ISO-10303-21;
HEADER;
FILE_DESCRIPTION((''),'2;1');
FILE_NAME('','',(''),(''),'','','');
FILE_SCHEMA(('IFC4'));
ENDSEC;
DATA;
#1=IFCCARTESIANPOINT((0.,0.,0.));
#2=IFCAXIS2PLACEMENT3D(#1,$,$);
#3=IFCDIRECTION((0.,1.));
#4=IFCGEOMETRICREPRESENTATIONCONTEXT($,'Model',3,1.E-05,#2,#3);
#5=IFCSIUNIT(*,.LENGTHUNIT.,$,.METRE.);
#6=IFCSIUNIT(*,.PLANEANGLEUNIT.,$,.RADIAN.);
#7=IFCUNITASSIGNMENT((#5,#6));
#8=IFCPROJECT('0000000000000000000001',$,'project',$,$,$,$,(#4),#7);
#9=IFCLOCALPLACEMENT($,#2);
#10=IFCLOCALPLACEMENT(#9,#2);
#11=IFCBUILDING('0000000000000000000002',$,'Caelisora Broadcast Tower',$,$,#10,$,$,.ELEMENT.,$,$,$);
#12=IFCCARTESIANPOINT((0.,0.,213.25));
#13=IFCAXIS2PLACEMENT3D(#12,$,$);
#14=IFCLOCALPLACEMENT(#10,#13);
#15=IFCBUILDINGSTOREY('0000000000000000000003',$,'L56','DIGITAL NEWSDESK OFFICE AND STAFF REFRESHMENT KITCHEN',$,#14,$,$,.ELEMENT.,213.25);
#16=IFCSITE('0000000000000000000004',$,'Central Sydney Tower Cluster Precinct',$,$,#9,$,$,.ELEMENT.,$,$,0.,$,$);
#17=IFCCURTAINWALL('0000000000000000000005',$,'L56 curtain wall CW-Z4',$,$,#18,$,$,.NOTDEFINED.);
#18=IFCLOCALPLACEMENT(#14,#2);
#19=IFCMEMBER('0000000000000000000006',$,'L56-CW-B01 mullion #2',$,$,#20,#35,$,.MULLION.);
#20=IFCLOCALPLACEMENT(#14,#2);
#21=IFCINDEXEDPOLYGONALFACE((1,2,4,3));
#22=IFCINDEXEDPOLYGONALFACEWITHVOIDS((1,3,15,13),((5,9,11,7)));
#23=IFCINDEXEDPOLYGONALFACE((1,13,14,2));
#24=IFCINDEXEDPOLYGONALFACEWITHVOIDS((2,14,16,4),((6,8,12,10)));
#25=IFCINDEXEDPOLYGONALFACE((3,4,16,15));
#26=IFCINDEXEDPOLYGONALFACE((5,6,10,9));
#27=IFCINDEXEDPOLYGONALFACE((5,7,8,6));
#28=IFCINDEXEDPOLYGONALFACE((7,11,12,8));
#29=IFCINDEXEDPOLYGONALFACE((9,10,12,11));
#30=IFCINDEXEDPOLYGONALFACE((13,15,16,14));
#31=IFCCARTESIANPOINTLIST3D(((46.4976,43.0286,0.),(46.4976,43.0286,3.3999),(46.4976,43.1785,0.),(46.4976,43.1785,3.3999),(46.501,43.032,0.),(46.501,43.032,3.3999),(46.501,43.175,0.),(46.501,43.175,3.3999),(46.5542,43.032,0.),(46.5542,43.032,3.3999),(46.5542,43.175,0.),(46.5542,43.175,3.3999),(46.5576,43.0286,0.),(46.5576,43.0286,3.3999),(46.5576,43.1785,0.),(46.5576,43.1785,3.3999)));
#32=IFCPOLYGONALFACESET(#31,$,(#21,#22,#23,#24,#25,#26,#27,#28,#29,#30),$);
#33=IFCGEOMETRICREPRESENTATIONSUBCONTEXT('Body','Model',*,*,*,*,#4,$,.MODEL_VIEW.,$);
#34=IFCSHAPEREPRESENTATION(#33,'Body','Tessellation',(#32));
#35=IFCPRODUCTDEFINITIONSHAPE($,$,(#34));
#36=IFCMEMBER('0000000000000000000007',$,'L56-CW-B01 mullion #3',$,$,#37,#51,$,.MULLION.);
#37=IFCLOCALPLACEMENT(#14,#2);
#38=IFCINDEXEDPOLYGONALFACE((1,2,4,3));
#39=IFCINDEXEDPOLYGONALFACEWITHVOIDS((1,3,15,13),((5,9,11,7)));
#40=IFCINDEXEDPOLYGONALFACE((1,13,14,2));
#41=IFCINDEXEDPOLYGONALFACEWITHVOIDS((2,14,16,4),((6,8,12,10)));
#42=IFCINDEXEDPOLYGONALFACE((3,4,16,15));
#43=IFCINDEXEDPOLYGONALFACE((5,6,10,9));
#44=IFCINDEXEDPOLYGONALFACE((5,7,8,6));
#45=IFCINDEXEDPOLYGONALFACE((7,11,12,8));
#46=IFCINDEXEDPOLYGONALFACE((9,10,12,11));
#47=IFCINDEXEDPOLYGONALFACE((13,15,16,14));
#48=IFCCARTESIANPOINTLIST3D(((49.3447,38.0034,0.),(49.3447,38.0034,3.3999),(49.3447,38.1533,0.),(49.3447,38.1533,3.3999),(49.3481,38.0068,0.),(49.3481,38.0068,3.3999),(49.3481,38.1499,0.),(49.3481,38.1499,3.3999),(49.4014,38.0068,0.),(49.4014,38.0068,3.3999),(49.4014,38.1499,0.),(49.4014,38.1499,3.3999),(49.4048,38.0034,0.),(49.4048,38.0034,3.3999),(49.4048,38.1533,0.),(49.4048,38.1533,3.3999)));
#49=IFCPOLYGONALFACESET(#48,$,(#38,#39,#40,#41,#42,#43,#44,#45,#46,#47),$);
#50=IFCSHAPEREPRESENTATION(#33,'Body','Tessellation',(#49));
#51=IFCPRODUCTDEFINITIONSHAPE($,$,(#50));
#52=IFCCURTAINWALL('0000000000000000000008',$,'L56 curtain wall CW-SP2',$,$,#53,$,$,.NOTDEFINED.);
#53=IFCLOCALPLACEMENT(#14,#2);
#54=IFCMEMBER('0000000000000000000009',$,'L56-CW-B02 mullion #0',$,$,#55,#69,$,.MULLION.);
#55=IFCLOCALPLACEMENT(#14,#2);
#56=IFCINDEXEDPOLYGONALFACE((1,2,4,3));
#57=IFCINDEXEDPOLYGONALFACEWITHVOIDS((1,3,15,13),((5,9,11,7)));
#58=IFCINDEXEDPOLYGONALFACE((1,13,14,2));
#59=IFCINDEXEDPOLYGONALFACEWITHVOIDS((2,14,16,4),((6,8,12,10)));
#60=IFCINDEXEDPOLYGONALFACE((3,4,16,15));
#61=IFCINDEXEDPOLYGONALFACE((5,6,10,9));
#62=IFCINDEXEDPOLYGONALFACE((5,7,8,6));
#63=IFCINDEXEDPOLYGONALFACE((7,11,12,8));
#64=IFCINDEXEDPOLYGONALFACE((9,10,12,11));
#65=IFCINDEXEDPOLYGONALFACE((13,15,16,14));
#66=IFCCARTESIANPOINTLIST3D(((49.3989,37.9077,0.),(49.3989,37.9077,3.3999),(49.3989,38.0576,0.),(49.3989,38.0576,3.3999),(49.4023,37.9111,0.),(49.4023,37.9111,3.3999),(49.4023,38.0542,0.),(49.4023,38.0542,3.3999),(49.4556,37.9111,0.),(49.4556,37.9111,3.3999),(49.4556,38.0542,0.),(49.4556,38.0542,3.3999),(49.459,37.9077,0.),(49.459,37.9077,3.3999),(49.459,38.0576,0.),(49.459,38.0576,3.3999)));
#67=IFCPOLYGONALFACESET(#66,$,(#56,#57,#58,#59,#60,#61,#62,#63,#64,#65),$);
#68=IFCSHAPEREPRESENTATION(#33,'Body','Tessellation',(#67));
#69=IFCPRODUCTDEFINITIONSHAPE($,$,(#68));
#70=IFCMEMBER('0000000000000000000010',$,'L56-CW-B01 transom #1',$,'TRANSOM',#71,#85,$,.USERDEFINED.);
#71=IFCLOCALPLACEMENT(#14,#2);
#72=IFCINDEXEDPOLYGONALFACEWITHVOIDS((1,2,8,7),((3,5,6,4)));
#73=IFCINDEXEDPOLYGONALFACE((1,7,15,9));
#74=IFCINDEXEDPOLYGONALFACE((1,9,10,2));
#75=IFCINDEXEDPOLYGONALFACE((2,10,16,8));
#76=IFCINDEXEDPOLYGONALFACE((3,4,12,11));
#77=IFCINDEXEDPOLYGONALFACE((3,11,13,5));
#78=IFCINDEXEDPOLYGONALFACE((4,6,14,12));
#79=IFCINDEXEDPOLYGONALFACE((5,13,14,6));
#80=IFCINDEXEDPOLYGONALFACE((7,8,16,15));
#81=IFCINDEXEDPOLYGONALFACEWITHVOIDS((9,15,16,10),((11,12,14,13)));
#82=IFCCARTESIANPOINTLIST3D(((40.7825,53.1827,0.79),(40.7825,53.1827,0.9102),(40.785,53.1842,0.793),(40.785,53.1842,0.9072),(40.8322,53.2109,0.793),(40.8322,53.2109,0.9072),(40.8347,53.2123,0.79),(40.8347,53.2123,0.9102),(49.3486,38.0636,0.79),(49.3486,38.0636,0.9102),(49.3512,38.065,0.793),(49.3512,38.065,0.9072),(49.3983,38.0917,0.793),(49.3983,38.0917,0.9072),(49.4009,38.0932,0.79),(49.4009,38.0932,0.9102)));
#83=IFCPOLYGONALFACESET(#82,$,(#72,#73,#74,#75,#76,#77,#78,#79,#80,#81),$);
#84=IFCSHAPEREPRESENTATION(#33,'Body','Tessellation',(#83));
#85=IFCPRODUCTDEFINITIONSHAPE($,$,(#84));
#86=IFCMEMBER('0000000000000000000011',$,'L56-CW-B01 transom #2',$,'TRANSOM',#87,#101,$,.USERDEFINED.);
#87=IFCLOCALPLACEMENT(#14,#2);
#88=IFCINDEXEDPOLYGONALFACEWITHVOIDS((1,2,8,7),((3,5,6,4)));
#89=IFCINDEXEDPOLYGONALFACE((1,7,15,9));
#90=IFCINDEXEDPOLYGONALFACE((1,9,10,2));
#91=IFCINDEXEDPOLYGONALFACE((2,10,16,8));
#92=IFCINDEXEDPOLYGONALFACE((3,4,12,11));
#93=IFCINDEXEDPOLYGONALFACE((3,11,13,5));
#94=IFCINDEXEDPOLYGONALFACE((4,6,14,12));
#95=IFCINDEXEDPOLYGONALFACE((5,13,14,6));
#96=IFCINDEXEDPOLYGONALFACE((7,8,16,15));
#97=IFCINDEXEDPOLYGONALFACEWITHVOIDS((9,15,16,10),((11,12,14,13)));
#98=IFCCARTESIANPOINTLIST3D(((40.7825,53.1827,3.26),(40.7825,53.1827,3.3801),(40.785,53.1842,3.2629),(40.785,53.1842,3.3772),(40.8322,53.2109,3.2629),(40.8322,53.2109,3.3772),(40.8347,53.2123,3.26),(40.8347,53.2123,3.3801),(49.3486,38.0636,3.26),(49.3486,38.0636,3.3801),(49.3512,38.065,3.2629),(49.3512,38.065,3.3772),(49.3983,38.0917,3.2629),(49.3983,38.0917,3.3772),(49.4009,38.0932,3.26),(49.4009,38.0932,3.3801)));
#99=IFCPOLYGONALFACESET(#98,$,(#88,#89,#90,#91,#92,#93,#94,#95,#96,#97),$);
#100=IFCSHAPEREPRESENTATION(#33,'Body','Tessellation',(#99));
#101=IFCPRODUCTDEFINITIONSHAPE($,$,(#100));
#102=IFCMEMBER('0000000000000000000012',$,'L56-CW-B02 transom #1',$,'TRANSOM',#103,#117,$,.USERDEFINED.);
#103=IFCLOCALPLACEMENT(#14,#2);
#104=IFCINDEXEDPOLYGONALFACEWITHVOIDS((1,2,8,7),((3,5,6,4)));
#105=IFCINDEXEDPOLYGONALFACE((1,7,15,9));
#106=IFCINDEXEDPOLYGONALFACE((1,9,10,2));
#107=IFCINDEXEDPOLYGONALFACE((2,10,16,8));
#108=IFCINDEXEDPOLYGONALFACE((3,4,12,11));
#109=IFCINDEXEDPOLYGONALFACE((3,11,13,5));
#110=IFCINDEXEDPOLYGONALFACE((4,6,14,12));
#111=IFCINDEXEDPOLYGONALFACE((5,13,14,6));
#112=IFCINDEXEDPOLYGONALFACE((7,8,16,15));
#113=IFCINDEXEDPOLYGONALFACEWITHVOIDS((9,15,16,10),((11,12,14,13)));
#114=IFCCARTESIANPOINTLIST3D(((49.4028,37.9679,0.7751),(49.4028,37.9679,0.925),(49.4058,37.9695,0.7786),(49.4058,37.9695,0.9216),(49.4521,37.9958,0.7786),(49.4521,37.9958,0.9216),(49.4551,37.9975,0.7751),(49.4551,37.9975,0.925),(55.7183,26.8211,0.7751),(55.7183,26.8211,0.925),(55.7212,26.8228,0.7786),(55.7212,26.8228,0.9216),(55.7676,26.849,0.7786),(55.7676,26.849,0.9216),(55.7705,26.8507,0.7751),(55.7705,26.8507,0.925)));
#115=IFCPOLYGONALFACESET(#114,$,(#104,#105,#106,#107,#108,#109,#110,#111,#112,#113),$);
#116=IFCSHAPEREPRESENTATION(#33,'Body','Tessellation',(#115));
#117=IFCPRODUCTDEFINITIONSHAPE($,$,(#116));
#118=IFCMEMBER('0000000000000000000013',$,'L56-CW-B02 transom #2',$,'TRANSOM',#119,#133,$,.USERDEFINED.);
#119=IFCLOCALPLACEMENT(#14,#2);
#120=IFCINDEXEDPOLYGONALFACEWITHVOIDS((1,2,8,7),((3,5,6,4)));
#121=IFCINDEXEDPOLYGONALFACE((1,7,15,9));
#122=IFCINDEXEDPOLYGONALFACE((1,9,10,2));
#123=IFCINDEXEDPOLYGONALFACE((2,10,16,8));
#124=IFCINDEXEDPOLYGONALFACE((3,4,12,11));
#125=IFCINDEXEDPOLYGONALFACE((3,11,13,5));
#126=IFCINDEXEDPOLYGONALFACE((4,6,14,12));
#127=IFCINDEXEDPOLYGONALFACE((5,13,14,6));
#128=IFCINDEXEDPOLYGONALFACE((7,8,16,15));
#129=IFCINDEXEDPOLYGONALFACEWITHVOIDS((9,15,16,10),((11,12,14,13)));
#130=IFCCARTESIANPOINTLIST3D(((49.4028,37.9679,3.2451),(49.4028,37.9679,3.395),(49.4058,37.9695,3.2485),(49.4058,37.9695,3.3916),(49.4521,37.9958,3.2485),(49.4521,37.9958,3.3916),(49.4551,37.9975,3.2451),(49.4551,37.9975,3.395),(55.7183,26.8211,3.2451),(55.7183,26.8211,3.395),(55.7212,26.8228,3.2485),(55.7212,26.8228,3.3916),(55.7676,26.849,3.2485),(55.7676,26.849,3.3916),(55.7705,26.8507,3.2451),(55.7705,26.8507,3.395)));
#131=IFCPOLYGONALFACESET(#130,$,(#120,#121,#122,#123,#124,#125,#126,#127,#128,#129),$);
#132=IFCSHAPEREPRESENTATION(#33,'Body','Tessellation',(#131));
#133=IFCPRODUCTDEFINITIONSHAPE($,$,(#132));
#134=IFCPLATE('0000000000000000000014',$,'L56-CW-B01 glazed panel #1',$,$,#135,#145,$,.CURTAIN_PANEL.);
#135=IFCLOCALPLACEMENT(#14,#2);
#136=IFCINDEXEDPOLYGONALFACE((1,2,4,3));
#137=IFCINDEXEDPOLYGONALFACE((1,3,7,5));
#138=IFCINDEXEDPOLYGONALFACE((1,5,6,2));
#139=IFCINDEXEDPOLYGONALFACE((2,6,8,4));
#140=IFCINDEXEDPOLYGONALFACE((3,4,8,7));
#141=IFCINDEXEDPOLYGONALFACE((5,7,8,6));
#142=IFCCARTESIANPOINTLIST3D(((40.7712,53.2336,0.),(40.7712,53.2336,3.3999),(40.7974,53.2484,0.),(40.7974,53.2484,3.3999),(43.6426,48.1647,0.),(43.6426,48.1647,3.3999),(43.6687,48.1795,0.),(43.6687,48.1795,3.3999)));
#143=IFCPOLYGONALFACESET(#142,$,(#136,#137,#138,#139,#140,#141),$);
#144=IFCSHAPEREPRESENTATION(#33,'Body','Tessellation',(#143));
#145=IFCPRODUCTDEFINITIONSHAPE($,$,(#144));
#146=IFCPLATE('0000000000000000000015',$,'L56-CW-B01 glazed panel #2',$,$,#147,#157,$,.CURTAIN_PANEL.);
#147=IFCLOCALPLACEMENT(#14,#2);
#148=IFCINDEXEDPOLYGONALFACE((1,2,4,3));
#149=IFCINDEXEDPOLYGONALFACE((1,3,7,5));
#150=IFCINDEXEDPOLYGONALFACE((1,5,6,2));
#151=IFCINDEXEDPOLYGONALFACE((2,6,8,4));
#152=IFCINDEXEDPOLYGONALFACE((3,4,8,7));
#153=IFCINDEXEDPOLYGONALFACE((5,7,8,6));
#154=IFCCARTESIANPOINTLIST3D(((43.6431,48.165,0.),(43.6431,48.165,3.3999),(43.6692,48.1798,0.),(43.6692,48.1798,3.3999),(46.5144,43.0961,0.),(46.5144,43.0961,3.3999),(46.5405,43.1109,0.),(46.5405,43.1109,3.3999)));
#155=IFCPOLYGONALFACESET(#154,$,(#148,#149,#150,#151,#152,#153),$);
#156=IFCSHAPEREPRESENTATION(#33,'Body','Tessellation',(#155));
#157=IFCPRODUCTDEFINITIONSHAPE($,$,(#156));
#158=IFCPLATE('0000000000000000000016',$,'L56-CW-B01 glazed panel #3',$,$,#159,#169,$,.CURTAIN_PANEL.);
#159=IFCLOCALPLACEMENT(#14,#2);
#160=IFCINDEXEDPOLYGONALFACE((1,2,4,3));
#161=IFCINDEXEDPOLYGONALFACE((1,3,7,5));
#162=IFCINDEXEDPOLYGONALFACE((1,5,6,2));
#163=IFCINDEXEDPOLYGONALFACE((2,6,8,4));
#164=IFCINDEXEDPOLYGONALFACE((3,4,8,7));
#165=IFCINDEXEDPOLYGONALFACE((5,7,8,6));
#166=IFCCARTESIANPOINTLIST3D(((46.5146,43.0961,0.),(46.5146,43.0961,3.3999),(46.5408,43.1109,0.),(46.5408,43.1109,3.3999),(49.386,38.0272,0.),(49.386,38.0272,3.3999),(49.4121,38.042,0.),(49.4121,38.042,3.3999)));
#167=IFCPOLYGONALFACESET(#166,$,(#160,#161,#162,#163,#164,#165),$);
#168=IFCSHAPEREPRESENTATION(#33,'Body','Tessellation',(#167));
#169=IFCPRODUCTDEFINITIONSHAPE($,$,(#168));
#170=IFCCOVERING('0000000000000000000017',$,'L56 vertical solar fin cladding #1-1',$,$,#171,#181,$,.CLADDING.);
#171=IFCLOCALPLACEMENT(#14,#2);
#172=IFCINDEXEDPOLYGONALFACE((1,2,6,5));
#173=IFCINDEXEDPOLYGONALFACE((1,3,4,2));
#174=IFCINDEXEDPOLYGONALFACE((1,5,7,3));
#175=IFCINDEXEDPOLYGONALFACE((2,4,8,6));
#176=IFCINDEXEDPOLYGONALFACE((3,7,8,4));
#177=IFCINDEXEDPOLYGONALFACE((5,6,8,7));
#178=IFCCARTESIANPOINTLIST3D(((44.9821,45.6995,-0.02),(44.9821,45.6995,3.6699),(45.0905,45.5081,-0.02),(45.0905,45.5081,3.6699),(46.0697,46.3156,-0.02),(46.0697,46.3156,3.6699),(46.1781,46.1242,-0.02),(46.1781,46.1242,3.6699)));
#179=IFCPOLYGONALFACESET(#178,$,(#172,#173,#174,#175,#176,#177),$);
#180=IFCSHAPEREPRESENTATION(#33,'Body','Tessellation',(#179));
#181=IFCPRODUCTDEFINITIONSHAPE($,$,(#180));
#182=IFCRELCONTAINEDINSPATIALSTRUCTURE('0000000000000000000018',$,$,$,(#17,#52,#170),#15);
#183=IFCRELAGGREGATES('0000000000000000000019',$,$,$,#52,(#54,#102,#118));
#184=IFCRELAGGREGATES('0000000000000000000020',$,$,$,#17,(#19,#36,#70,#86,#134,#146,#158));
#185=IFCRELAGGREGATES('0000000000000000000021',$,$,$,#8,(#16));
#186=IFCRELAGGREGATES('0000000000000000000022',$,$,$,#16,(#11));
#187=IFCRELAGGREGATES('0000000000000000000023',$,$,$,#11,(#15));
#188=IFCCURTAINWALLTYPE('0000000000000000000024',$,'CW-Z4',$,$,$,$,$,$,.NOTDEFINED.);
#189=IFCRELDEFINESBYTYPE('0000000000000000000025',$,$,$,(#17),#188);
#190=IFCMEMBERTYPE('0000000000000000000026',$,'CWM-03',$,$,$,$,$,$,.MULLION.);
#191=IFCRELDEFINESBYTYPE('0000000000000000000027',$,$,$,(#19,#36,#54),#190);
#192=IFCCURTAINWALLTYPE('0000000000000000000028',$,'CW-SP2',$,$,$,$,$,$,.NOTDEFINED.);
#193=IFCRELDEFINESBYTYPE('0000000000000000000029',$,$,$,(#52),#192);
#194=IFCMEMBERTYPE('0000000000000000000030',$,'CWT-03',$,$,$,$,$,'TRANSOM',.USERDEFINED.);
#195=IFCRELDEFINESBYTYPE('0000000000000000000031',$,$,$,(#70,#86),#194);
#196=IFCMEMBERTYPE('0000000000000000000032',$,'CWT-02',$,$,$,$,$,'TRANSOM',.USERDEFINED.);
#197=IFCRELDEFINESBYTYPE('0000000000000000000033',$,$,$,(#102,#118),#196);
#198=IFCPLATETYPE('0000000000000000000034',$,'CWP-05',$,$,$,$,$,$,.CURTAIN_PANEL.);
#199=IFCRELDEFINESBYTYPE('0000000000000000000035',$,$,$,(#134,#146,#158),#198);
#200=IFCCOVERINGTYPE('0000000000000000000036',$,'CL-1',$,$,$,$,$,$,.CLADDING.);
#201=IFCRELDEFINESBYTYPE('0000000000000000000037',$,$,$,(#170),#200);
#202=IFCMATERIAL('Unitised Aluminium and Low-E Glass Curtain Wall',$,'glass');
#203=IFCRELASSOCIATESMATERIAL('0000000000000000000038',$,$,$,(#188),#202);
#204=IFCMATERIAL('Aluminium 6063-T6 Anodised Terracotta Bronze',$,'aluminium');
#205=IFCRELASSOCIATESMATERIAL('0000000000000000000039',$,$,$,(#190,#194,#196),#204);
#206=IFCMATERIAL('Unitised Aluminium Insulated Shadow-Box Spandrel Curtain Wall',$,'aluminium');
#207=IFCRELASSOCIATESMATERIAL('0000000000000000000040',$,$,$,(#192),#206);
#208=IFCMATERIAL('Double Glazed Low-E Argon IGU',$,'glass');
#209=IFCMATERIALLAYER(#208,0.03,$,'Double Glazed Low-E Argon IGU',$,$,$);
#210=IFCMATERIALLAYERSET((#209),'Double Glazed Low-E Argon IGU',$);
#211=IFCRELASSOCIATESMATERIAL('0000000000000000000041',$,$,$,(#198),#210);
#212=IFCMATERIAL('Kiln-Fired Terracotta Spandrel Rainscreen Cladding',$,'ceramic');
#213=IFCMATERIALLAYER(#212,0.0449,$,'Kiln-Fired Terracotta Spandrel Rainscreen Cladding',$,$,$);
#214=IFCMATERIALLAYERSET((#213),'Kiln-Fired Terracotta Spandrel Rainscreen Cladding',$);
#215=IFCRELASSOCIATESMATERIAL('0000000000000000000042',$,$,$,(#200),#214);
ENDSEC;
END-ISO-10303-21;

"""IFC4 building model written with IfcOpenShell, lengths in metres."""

from ifc_helpers import new_model, si_unit, direction, frame, origin, origin_2d, place, context, subcontext, project, spatial, rectangle, hollow_rectangle, extrude, source, transform, mapped, material, layer, layer_set, material_profile, profile_set, type_object, type_shapes, element, aggregate, save


model = new_model("IFC4")

# Units and contexts
model_context = context("Model", 3, precision=1e-05, world=origin(), true_north=direction((0.0, 1.0)))
body_context = subcontext(model_context, "Body", "Model", "MODEL_VIEW")
ifc_project = project(units=[si_unit("LENGTHUNIT", "METRE"), si_unit("PLANEANGLEUNIT", "RADIAN")], contexts=[model_context])

# Site, building, storey
site_placement = place(None, origin())
site = spatial("IfcSite", under=ifc_project, at=site_placement, Name="Central Sydney Tower Cluster Precinct", CompositionType="ELEMENT", RefElevation=0.0)
building_placement = place(site_placement, origin())
building = spatial("IfcBuilding", under=site, at=building_placement, Name="Caelisora Broadcast Tower", CompositionType="ELEMENT")
storey_placement = place(building_placement, frame((0.0, 0.0, 213.25)))
storey = spatial("IfcBuildingStorey", under=building, at=storey_placement, Name="L56", Description="DIGITAL NEWSDESK OFFICE AND STAFF REFRESHMENT KITCHEN", CompositionType="ELEMENT", Elevation=213.25)

# Curtain wall, members
ifc_material_1 = material(Name="Unitised Aluminium and Low-E Glass Curtain Wall", Category="glass")
curtain_wall_type_1 = type_object("IfcCurtainWallType", Name="CW-Z4", PredefinedType="NOTDEFINED", material=ifc_material_1)
curtain_wall_1_placement = place(storey_placement, origin())
curtain_wall_1 = element("IfcCurtainWall", 1, at=curtain_wall_1_placement, inside=storey, type_object=curtain_wall_type_1, Name="L56 curtain wall CW-Z4", PredefinedType="NOTDEFINED")
ifc_material_2 = material(Name="Aluminium 6063-T6 Anodised Terracotta Bronze", Category="aluminium")
ifc_material_profile_1 = material_profile(ifc_material_2, hollow_rectangle(XDim=0.0601, YDim=0.1499, WallThickness=0.0034, at=origin_2d()), Name="Aluminium 6063-T6 Anodised Terracotta Bronze")
ifc_profile_set_1 = profile_set([ifc_material_profile_1], Name="Aluminium 6063-T6 Anodised Terracotta Bronze")
member_type_1 = type_object("IfcMemberType", Name="CWM-03", PredefinedType="MULLION", material=ifc_profile_set_1)
shared_shape_1 = source(origin(), body_context, "Body", "SweptSolid", [
    extrude(hollow_rectangle(XDim=0.0601, YDim=0.1499, WallThickness=0.0034, at=origin_2d()), origin(), (0.0, 0.0, 1.0), 3.3999),
])
type_shapes(member_type_1, [shared_shape_1])
member_1_placement = place(storey_placement, frame((46.5276, 43.1035, 0.0), z_axis=(0.0, 0.0, 1.0), x_axis=(1.0, 0.0, 0.0)))
member_1 = element("IfcMember", 2, at=member_1_placement, type_object=member_type_1, Name="L56-CW-B01 mullion #2", PredefinedType="MULLION", context=body_context, shape_type="MappedRepresentation", body=[
    mapped(shared_shape_1, transform((0.0, 0.0, 0.0), scale=1.0)),
])
member_2_placement = place(storey_placement, frame((49.3748, 38.0784, 0.0), z_axis=(0.0, 0.0, 1.0), x_axis=(1.0, 0.0, 0.0)))
member_2 = element("IfcMember", 3, at=member_2_placement, type_object=member_type_1, Name="L56-CW-B01 mullion #3", PredefinedType="MULLION", context=body_context, shape_type="MappedRepresentation", body=[
    mapped(shared_shape_1, transform((0.0, 0.0, 0.0), scale=1.0)),
])

# Curtain wall, member
ifc_material_3 = material(Name="Unitised Aluminium Insulated Shadow-Box Spandrel Curtain Wall", Category="aluminium")
curtain_wall_type_2 = type_object("IfcCurtainWallType", Name="CW-SP2", PredefinedType="NOTDEFINED", material=ifc_material_3)
curtain_wall_2_placement = place(storey_placement, origin())
curtain_wall_2 = element("IfcCurtainWall", 4, at=curtain_wall_2_placement, inside=storey, type_object=curtain_wall_type_2, Name="L56 curtain wall CW-SP2", PredefinedType="NOTDEFINED")
member_3_placement = place(storey_placement, frame((49.429, 37.9827, 0.0), z_axis=(0.0, 0.0, 1.0), x_axis=(1.0, 0.0, 0.0)))
member_3 = element("IfcMember", 5, at=member_3_placement, type_object=member_type_1, Name="L56-CW-B02 mullion #0", PredefinedType="MULLION", context=body_context, shape_type="MappedRepresentation", body=[
    mapped(shared_shape_1, transform((0.0, 0.0, 0.0), scale=1.0)),
])

# Members
ifc_material_profile_2 = material_profile(ifc_material_2, hollow_rectangle(XDim=0.0601, YDim=0.1201, WallThickness=0.0029, at=origin_2d()), Name="Aluminium 6063-T6 Anodised Terracotta Bronze")
ifc_profile_set_2 = profile_set([ifc_material_profile_2], Name="Aluminium 6063-T6 Anodised Terracotta Bronze")
member_type_2 = type_object("IfcMemberType", Name="CWT-03", ElementType="TRANSOM", PredefinedType="USERDEFINED", material=ifc_profile_set_2)
shared_shape_2 = source(origin(), body_context, "Body", "SweptSolid", [
    extrude(hollow_rectangle(XDim=0.0601, YDim=0.1201, WallThickness=0.0029, at=origin_2d()), origin(), (0.0, 0.0, 1.0), 17.3772),
])
type_shapes(member_type_2, [shared_shape_2])
member_4_placement = place(storey_placement, frame((40.8086, 53.1975, 0.8501), z_axis=(0.492954, -0.870056, 0.0), x_axis=(0.870056, 0.492954, 0.0)))
member_4 = element("IfcMember", 6, at=member_4_placement, type_object=member_type_2, Name="L56-CW-B01 transom #1", ObjectType="TRANSOM", PredefinedType="USERDEFINED", context=body_context, shape_type="MappedRepresentation", body=[
    mapped(shared_shape_2, transform((0.0, 0.0, 0.0), scale=1.0)),
])
member_5_placement = place(storey_placement, frame((40.8086, 53.1975, 3.3201), z_axis=(0.492954, -0.870056, 0.0), x_axis=(0.870056, 0.492954, 0.0)))
member_5 = element("IfcMember", 7, at=member_5_placement, type_object=member_type_2, Name="L56-CW-B01 transom #2", ObjectType="TRANSOM", PredefinedType="USERDEFINED", context=body_context, shape_type="MappedRepresentation", body=[
    mapped(shared_shape_2, transform((0.0, 0.0, 0.0), scale=1.0)),
])
ifc_material_profile_3 = material_profile(ifc_material_2, hollow_rectangle(XDim=0.0601, YDim=0.1499, WallThickness=0.0034, at=origin_2d()), Name="Aluminium 6063-T6 Anodised Terracotta Bronze")
ifc_profile_set_3 = profile_set([ifc_material_profile_3], Name="Aluminium 6063-T6 Anodised Terracotta Bronze")
member_type_3 = type_object("IfcMemberType", Name="CWT-02", ElementType="TRANSOM", PredefinedType="USERDEFINED", material=ifc_profile_set_3)
shared_shape_3 = source(origin(), body_context, "Body", "SweptSolid", [
    extrude(hollow_rectangle(XDim=0.0601, YDim=0.1499, WallThickness=0.0034, at=origin_2d()), origin(), (0.0, 0.0, 1.0), 12.8115),
])
type_shapes(member_type_3, [shared_shape_3])
member_6_placement = place(storey_placement, frame((49.429, 37.9827, 0.8501), z_axis=(0.492951, -0.870057, 0.0), x_axis=(0.870057, 0.492951, 0.0)))
member_6 = element("IfcMember", 8, at=member_6_placement, type_object=member_type_3, Name="L56-CW-B02 transom #1", ObjectType="TRANSOM", PredefinedType="USERDEFINED", context=body_context, shape_type="MappedRepresentation", body=[
    mapped(shared_shape_3, transform((0.0, 0.0, 0.0), scale=1.0)),
])
member_7_placement = place(storey_placement, frame((49.429, 37.9827, 3.3201), z_axis=(0.492951, -0.870057, 0.0), x_axis=(0.870057, 0.492951, 0.0)))
member_7 = element("IfcMember", 9, at=member_7_placement, type_object=member_type_3, Name="L56-CW-B02 transom #2", ObjectType="TRANSOM", PredefinedType="USERDEFINED", context=body_context, shape_type="MappedRepresentation", body=[
    mapped(shared_shape_3, transform((0.0, 0.0, 0.0), scale=1.0)),
])
aggregate(curtain_wall_2, [member_3, member_6, member_7])

# Plates
ifc_material_4 = material(Name="Double Glazed Low-E Argon IGU", Category="glass")
ifc_layer_1 = layer(ifc_material_4, 0.03, Name="Double Glazed Low-E Argon IGU")
ifc_layer_set_1 = layer_set([ifc_layer_1], Name="Double Glazed Low-E Argon IGU")
plate_type = type_object("IfcPlateType", Name="CWP-05", PredefinedType="CURTAIN_PANEL", material=ifc_layer_set_1)
shared_shape_4 = source(origin(), body_context, "Body", "SweptSolid", [
    extrude(rectangle(XDim=5.8257, YDim=0.03, at=origin_2d()), origin(), (0.0, 0.0, 1.0), 3.3999),
])
type_shapes(plate_type, [shared_shape_4])
plate_1_placement = place(storey_placement, frame((42.22, 50.7065, 0.0), z_axis=(0.0, 0.0, 1.0), x_axis=(0.492879, -0.870098, 0.0)))
plate_1 = element("IfcPlate", 10, at=plate_1_placement, type_object=plate_type, Name="L56-CW-B01 glazed panel #1", PredefinedType="CURTAIN_PANEL", context=body_context, shape_type="MappedRepresentation", body=[
    mapped(shared_shape_4, transform((0.0, 0.0, 0.0), scale=1.0)),
])
plate_2_placement = place(storey_placement, frame((45.0918, 45.6379, 0.0), z_axis=(0.0, 0.0, 1.0), x_axis=(0.492879, -0.870098, 0.0)))
plate_2 = element("IfcPlate", 11, at=plate_2_placement, type_object=plate_type, Name="L56-CW-B01 glazed panel #2", PredefinedType="CURTAIN_PANEL", context=body_context, shape_type="MappedRepresentation", body=[
    mapped(shared_shape_4, transform((0.0, 0.0, 0.0), scale=1.0)),
])
plate_3_placement = place(storey_placement, frame((47.9634, 40.5691, 0.0), z_axis=(0.0, 0.0, 1.0), x_axis=(0.492879, -0.870098, 0.0)))
plate_3 = element("IfcPlate", 12, at=plate_3_placement, type_object=plate_type, Name="L56-CW-B01 glazed panel #3", PredefinedType="CURTAIN_PANEL", context=body_context, shape_type="MappedRepresentation", body=[
    mapped(shared_shape_4, transform((0.0, 0.0, 0.0), scale=1.0)),
])
aggregate(curtain_wall_1, [member_1, member_2, member_4, member_5, plate_1, plate_2, plate_3])

# Covering
ifc_material_5 = material(Name="Kiln-Fired Terracotta Spandrel Rainscreen Cladding", Category="ceramic")
ifc_layer_2 = layer(ifc_material_5, 0.0449, Name="Kiln-Fired Terracotta Spandrel Rainscreen Cladding")
ifc_layer_set_2 = layer_set([ifc_layer_2], Name="Kiln-Fired Terracotta Spandrel Rainscreen Cladding")
covering_type = type_object("IfcCoveringType", Name="CL-1", PredefinedType="CLADDING", material=ifc_layer_set_2)
shared_shape_5 = source(origin(), body_context, "Body", "SweptSolid", [
    extrude(rectangle(XDim=0.22, YDim=1.25, at=origin_2d()), origin(), (0.0, 0.0, 1.0), 3.6899),
])
type_shapes(covering_type, [shared_shape_5])
for number, where, z_axis, x_axis, name in (
    (13, (45.5801, 45.9119, -0.02), (0.0, 0.0, 1.0), (0.492879, -0.870098, 0.0), "L56 vertical solar fin cladding #1-1"),
):
    element("IfcCovering", number, at=place(storey_placement, frame(where, z_axis=z_axis, x_axis=x_axis)), inside=storey, type_object=covering_type, Name=name, PredefinedType="CLADDING", context=body_context, shape_type="MappedRepresentation", body=[
        mapped(shared_shape_5, transform((0.0, 0.0, 0.0), scale=1.0)),
    ])

save(model, "model.ifc")
